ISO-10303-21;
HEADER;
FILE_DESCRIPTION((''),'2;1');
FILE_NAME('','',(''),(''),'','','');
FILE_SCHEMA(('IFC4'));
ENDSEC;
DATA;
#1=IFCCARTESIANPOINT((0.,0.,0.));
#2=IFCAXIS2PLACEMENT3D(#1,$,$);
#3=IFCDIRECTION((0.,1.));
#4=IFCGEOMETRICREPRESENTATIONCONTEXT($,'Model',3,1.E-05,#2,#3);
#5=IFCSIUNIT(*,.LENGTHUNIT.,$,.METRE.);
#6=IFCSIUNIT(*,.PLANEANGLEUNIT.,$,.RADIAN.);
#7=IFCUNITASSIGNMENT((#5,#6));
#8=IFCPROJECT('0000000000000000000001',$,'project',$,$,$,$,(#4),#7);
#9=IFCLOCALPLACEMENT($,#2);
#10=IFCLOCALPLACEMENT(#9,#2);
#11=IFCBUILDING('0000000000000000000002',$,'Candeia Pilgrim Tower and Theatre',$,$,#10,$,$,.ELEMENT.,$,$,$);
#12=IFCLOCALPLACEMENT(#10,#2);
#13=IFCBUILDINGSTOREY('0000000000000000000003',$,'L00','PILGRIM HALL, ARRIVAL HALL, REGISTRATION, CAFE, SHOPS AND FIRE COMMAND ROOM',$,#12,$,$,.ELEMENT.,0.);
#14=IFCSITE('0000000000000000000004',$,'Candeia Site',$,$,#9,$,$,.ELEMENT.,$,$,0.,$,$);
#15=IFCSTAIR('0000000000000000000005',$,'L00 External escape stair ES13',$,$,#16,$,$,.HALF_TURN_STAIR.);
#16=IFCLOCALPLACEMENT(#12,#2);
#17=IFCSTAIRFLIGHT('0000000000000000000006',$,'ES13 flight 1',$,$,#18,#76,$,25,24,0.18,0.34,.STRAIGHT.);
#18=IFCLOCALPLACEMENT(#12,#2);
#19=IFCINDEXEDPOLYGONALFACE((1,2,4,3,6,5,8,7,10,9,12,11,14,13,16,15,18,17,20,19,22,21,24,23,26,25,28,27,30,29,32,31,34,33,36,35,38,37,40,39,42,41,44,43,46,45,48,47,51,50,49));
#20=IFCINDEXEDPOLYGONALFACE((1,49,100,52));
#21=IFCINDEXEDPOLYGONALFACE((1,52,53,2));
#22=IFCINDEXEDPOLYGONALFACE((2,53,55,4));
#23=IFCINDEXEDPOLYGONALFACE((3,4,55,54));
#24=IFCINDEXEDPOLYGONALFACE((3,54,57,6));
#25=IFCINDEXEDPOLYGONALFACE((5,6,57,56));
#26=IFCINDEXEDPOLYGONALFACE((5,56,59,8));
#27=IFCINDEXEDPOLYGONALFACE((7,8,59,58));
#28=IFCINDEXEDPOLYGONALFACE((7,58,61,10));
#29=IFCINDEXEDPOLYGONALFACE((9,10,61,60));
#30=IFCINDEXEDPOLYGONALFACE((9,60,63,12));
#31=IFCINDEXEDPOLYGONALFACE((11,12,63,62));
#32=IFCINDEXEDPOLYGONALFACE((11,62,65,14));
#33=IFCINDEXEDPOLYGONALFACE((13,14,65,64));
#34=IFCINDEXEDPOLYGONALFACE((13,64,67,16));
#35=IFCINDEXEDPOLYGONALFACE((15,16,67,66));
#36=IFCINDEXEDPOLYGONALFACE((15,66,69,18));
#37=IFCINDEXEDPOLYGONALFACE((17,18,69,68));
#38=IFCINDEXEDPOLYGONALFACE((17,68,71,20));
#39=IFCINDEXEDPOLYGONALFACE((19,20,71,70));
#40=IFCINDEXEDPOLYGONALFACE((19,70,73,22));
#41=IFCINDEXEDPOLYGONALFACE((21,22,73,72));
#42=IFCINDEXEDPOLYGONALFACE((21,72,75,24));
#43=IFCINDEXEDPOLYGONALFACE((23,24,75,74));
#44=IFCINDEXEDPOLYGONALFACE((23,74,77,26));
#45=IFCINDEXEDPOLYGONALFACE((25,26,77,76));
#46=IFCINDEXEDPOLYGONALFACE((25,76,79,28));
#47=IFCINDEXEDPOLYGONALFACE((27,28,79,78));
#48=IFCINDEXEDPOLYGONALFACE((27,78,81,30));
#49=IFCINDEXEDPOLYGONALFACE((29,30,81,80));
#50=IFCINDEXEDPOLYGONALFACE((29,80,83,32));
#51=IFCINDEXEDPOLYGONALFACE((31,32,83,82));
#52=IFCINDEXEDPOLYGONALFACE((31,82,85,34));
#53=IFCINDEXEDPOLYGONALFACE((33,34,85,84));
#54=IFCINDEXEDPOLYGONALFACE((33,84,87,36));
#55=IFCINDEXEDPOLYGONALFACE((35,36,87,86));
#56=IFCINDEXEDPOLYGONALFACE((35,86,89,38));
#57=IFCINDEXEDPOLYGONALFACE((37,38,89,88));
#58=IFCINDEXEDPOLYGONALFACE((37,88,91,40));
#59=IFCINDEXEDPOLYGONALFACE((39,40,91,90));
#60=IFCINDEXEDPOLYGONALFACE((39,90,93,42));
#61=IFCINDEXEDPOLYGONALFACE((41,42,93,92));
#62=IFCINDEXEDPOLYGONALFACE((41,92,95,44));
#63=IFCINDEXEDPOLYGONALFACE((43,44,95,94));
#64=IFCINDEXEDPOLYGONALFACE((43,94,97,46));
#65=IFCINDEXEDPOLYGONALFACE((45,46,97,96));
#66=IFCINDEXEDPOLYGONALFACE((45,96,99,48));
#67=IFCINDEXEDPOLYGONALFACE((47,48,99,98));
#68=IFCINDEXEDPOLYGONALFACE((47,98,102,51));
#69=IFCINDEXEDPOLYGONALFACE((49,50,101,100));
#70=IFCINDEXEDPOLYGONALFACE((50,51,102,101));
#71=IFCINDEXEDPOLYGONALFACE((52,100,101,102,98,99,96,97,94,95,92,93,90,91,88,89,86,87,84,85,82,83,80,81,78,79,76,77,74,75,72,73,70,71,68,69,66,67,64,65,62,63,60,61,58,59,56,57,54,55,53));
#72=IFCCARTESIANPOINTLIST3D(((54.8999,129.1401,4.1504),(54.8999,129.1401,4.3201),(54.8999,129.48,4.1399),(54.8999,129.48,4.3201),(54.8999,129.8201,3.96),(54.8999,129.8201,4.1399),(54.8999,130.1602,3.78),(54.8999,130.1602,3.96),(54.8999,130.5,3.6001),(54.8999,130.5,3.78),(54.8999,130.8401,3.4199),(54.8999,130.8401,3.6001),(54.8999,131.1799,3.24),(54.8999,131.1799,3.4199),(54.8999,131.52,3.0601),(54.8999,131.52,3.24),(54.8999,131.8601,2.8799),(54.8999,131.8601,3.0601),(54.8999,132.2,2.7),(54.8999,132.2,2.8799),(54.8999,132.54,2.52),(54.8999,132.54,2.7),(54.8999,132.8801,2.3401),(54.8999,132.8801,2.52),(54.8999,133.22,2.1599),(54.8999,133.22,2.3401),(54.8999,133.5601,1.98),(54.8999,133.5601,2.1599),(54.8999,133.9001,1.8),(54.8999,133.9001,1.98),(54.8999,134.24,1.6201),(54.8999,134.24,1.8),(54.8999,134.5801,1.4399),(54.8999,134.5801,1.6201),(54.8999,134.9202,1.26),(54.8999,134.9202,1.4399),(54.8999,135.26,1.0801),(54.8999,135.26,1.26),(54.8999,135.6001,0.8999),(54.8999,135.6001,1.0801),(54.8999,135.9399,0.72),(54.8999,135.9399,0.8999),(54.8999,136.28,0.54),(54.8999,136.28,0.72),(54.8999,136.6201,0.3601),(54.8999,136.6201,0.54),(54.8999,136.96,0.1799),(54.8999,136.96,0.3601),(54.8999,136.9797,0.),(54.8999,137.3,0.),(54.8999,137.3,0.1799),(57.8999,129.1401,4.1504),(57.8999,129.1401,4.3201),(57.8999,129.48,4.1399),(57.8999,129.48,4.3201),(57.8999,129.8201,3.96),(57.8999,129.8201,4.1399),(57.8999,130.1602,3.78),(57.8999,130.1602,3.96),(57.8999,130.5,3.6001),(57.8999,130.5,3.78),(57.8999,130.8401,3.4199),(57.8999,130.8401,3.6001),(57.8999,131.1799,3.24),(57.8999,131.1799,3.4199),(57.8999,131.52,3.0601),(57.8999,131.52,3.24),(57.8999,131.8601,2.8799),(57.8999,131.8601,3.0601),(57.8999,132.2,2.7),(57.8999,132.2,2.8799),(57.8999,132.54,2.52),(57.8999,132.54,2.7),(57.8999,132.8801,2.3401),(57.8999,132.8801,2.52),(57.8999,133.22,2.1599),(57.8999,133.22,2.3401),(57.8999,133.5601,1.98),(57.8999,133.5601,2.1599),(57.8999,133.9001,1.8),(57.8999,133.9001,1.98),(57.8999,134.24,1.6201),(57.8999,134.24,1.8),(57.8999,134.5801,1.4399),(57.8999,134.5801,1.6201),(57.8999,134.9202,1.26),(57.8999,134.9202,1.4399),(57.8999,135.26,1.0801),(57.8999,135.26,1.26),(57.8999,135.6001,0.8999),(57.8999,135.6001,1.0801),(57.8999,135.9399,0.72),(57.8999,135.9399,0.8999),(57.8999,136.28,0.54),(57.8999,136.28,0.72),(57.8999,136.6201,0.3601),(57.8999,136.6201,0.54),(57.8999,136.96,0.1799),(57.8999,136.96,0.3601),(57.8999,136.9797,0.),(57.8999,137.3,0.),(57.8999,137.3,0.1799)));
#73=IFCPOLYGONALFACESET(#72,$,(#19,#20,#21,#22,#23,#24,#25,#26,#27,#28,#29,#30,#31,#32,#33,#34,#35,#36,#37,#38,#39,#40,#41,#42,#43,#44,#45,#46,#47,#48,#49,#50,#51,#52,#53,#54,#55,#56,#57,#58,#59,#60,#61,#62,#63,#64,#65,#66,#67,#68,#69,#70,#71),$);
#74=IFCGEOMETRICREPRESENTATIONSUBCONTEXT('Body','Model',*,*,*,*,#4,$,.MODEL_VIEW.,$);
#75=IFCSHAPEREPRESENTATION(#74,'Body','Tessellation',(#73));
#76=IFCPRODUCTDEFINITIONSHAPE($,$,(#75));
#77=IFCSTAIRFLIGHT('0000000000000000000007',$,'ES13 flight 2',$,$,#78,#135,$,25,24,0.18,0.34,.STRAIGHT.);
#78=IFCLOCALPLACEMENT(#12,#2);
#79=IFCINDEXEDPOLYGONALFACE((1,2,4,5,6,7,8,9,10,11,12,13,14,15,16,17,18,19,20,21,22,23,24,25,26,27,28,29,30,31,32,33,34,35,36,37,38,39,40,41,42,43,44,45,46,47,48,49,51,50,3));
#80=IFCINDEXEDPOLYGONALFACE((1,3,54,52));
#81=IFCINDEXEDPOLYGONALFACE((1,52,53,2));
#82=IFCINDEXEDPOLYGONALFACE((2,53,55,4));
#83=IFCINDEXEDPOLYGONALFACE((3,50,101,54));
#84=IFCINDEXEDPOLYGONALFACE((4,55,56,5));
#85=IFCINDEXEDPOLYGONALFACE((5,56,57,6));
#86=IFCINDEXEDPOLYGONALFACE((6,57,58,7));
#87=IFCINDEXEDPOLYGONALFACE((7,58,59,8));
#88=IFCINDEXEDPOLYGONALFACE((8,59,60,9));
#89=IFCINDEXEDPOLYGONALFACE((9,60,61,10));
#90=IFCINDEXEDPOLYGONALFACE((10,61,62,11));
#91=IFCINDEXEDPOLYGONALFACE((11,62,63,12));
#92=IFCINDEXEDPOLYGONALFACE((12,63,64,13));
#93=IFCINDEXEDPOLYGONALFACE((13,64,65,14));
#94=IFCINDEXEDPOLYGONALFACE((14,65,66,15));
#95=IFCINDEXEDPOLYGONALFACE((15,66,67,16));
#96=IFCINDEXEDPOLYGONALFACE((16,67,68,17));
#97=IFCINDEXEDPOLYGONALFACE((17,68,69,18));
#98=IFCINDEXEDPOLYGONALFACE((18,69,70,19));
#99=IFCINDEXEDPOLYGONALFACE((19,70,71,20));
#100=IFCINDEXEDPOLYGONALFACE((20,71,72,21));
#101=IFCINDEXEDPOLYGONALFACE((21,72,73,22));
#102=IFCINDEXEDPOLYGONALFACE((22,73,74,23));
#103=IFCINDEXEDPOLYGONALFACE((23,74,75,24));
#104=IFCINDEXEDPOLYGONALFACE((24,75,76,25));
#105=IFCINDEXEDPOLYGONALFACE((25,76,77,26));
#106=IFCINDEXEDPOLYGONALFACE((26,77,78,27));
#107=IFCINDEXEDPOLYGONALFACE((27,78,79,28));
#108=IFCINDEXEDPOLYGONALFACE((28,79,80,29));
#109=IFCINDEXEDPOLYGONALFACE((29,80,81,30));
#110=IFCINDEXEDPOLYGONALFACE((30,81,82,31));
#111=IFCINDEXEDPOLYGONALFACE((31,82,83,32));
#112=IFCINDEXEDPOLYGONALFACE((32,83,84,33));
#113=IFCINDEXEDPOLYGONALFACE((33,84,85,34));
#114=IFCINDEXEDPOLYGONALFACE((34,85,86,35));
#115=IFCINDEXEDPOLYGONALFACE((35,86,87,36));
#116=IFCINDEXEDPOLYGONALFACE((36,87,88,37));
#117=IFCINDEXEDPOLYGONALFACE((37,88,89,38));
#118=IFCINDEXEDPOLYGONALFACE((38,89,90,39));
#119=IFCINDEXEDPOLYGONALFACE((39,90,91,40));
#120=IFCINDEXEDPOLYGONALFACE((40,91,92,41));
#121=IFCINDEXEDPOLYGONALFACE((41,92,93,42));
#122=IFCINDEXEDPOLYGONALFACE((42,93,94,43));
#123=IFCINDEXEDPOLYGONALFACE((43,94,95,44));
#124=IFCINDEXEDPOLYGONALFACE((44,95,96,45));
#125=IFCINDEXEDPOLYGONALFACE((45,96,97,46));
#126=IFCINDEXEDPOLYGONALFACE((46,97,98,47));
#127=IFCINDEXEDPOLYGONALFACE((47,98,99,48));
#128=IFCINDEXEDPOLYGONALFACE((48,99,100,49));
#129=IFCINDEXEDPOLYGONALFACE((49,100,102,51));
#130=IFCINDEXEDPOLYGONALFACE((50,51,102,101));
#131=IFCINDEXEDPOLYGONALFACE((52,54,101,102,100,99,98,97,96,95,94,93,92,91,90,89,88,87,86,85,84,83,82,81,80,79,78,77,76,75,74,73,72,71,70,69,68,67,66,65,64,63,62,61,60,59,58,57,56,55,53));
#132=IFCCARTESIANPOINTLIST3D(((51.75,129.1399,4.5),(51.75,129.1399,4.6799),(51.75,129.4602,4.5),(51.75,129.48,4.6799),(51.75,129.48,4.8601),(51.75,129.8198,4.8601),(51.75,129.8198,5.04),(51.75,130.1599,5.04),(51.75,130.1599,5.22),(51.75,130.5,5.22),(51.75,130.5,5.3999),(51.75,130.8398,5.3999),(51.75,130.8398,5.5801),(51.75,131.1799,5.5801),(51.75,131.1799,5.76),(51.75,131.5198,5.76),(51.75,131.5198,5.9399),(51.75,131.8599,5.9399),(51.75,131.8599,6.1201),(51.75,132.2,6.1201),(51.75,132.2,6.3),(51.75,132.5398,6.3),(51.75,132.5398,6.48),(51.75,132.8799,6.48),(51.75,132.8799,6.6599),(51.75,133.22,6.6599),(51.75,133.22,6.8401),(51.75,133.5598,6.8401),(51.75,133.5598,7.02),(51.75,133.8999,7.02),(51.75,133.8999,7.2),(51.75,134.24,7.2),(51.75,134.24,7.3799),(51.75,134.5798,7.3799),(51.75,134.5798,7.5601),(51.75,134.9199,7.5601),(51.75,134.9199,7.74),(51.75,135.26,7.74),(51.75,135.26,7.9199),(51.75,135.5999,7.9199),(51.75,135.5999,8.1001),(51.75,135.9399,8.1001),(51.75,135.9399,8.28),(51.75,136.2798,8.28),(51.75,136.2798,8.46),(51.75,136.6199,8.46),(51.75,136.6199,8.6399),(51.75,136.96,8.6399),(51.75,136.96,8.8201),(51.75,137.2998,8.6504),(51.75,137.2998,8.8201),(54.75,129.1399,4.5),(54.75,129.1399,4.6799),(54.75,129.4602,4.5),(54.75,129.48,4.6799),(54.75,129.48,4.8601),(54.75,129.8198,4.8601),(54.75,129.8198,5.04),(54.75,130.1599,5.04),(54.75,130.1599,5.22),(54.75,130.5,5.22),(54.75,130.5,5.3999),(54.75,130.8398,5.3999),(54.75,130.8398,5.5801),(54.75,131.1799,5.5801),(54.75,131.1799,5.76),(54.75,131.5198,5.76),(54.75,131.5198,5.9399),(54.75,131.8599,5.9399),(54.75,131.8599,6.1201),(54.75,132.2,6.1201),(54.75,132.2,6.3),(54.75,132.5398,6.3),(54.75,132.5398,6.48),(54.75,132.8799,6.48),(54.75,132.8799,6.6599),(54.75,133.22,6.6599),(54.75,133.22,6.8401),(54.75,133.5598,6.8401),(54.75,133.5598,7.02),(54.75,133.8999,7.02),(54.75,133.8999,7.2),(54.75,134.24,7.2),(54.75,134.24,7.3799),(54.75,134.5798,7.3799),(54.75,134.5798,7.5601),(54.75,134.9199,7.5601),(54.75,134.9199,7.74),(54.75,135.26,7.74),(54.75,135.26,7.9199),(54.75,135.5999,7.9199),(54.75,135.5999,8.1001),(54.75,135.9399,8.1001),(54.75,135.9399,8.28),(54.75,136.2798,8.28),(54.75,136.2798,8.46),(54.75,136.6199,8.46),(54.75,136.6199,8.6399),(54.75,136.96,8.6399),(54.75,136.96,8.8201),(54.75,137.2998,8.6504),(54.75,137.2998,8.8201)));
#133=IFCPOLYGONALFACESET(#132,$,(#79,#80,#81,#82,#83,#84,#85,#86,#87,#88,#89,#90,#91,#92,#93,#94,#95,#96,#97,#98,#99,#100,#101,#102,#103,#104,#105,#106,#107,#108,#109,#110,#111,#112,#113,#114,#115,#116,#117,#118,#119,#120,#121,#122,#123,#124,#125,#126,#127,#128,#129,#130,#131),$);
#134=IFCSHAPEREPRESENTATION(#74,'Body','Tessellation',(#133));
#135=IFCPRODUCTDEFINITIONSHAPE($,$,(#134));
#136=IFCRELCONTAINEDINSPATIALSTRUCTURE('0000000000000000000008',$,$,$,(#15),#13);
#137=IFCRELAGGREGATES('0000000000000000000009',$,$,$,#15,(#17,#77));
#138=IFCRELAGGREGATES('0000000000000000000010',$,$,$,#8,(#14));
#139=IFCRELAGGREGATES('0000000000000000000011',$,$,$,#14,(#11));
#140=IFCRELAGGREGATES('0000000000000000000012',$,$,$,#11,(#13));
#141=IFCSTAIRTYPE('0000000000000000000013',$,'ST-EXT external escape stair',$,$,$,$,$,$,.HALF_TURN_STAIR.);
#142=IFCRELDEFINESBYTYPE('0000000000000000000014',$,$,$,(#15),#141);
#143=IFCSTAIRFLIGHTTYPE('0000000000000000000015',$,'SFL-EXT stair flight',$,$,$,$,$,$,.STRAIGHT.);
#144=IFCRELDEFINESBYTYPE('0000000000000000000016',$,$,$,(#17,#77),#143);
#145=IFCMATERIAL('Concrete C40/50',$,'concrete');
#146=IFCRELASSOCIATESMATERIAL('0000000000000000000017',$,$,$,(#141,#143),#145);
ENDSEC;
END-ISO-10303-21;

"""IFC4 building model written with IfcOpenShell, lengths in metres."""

from ifc_helpers import new_model, si_unit, direction, frame, origin, place, context, subcontext, project, spatial, polyline, outline, extrude, material, type_object, element, aggregate, save


model = new_model("IFC4")

# Units and contexts
model_context = context("Model", 3, precision=1e-05, world=origin(), true_north=direction((0.0, 1.0)))
body_context = subcontext(model_context, "Body", "Model", "MODEL_VIEW")
ifc_project = project(units=[si_unit("LENGTHUNIT", "METRE"), si_unit("PLANEANGLEUNIT", "RADIAN")], contexts=[model_context])

# Site, building, storey
site_placement = place(None, origin())
site = spatial("IfcSite", under=ifc_project, at=site_placement, Name="Candeia Site", CompositionType="ELEMENT", RefElevation=0.0)
building_placement = place(site_placement, origin())
building = spatial("IfcBuilding", under=site, at=building_placement, Name="Candeia Pilgrim Tower and Theatre", CompositionType="ELEMENT")
storey_placement = place(building_placement, origin())
storey = spatial("IfcBuildingStorey", under=building, at=storey_placement, Name="L00", Description="PILGRIM HALL, ARRIVAL HALL, REGISTRATION, CAFE, SHOPS AND FIRE COMMAND ROOM", CompositionType="ELEMENT", Elevation=0.0)

# Shared definitions
ifc_material_1 = material(Name="Concrete C40/50", Category="concrete")

# Stair, stair flights
stair_type = type_object("IfcStairType", Name="ST-EXT external escape stair", PredefinedType="HALF_TURN_STAIR", material=ifc_material_1)
stair_placement = place(storey_placement, origin())
stair = element("IfcStair", 1, at=stair_placement, inside=storey, type_object=stair_type, Name="L00 External escape stair ES13", PredefinedType="HALF_TURN_STAIR")
stair_flight_type = type_object("IfcStairFlightType", Name="SFL-EXT stair flight", PredefinedType="STRAIGHT", material=ifc_material_1)
stair_flight_1_placement = place(storey_placement, frame((56.3999, 137.3, 0.0), z_axis=(0.0, 0.0, 1.0), x_axis=(0.0, -1.0, 0.0)))
stair_flight_1 = element("IfcStairFlight", 2, at=stair_flight_1_placement, type_object=stair_flight_type, Name="ES13 flight 1", NumberOfRisers=25, NumberOfTreads=24, PredefinedType="STRAIGHT", RiserHeight=0.18, TreadLength=0.34, context=body_context, shape_type="SweptSolid", body=[
    extrude(outline(polyline([(0.0, 0.0), (0.0, 0.1799), (0.3401, 0.1799), (0.3401, 0.3601), (0.6799, 0.3601), (0.6799, 0.54), (1.02, 0.54), (1.02, 0.72), (1.3601, 0.72), (1.3601, 0.8999), (1.7, 0.8999), (1.7, 1.0801), (2.04, 1.0801), (2.04, 1.26), (2.3799, 1.26), (2.3799, 1.4399), (2.72, 1.4399), (2.72, 1.6201), (3.0601, 1.6201), (3.0601, 1.8), (3.3999, 1.8), (3.3999, 1.98), (3.74, 1.98), (3.74, 2.1599), (4.0801, 2.1599), (4.0801, 2.3401), (4.4199, 2.3401), (4.4199, 2.52), (4.76, 2.52), (4.76, 2.7), (5.1001, 2.7), (5.1001, 2.8799), (5.4399, 2.8799), (5.4399, 3.0601), (5.78, 3.0601), (5.78, 3.24), (6.1201, 3.24), (6.1201, 3.4199), (6.46, 3.4199), (6.46, 3.6001), (6.8, 3.6001), (6.8, 3.78), (7.1399, 3.78), (7.1399, 3.96), (7.48, 3.96), (7.48, 4.1399), (7.8201, 4.1399), (7.8201, 4.3201), (8.1599, 4.3201), (8.1599, 4.5), (8.1599, 4.1504), (0.3203, 0.0), (0.0, 0.0)])), frame((0.0, 1.5, 0.0), z_axis=(0.0, -1.0, 0.0), x_axis=(1.0, 0.0, 0.0)), (0.0, 0.0, 1.0), 3.0),
])
stair_flight_2_placement = place(storey_placement, frame((53.25, 129.1399, 4.5), z_axis=(0.0, 0.0, 1.0), x_axis=(0.0, 1.0, 0.0)))
stair_flight_2 = element("IfcStairFlight", 3, at=stair_flight_2_placement, type_object=stair_flight_type, Name="ES13 flight 2", NumberOfRisers=25, NumberOfTreads=24, PredefinedType="STRAIGHT", RiserHeight=0.18, TreadLength=0.34, context=body_context, shape_type="SweptSolid", body=[
    extrude(outline(polyline([(0.0, 0.0), (0.0, 0.1799), (0.3401, 0.1799), (0.3401, 0.3601), (0.6799, 0.3601), (0.6799, 0.54), (1.02, 0.54), (1.02, 0.72), (1.3601, 0.72), (1.3601, 0.8999), (1.7, 0.8999), (1.7, 1.0801), (2.04, 1.0801), (2.04, 1.26), (2.3799, 1.26), (2.3799, 1.4399), (2.72, 1.4399), (2.72, 1.6201), (3.0601, 1.6201), (3.0601, 1.8), (3.3999, 1.8), (3.3999, 1.98), (3.74, 1.98), (3.74, 2.1599), (4.0801, 2.1599), (4.0801, 2.3401), (4.4199, 2.3401), (4.4199, 2.52), (4.76, 2.52), (4.76, 2.7), (5.1001, 2.7), (5.1001, 2.8799), (5.4399, 2.8799), (5.4399, 3.0601), (5.78, 3.0601), (5.78, 3.24), (6.1201, 3.24), (6.1201, 3.4199), (6.46, 3.4199), (6.46, 3.6001), (6.8, 3.6001), (6.8, 3.78), (7.1399, 3.78), (7.1399, 3.96), (7.48, 3.96), (7.48, 4.1399), (7.8201, 4.1399), (7.8201, 4.3201), (8.1599, 4.3201), (8.1599, 4.5), (8.1599, 4.1504), (0.3203, 0.0), (0.0, 0.0)])), frame((0.0, 1.5, 0.0), z_axis=(0.0, -1.0, 0.0), x_axis=(1.0, 0.0, 0.0)), (0.0, 0.0, 1.0), 3.0),
])
aggregate(stair, [stair_flight_1, stair_flight_2])

save(model, "model.ifc")
